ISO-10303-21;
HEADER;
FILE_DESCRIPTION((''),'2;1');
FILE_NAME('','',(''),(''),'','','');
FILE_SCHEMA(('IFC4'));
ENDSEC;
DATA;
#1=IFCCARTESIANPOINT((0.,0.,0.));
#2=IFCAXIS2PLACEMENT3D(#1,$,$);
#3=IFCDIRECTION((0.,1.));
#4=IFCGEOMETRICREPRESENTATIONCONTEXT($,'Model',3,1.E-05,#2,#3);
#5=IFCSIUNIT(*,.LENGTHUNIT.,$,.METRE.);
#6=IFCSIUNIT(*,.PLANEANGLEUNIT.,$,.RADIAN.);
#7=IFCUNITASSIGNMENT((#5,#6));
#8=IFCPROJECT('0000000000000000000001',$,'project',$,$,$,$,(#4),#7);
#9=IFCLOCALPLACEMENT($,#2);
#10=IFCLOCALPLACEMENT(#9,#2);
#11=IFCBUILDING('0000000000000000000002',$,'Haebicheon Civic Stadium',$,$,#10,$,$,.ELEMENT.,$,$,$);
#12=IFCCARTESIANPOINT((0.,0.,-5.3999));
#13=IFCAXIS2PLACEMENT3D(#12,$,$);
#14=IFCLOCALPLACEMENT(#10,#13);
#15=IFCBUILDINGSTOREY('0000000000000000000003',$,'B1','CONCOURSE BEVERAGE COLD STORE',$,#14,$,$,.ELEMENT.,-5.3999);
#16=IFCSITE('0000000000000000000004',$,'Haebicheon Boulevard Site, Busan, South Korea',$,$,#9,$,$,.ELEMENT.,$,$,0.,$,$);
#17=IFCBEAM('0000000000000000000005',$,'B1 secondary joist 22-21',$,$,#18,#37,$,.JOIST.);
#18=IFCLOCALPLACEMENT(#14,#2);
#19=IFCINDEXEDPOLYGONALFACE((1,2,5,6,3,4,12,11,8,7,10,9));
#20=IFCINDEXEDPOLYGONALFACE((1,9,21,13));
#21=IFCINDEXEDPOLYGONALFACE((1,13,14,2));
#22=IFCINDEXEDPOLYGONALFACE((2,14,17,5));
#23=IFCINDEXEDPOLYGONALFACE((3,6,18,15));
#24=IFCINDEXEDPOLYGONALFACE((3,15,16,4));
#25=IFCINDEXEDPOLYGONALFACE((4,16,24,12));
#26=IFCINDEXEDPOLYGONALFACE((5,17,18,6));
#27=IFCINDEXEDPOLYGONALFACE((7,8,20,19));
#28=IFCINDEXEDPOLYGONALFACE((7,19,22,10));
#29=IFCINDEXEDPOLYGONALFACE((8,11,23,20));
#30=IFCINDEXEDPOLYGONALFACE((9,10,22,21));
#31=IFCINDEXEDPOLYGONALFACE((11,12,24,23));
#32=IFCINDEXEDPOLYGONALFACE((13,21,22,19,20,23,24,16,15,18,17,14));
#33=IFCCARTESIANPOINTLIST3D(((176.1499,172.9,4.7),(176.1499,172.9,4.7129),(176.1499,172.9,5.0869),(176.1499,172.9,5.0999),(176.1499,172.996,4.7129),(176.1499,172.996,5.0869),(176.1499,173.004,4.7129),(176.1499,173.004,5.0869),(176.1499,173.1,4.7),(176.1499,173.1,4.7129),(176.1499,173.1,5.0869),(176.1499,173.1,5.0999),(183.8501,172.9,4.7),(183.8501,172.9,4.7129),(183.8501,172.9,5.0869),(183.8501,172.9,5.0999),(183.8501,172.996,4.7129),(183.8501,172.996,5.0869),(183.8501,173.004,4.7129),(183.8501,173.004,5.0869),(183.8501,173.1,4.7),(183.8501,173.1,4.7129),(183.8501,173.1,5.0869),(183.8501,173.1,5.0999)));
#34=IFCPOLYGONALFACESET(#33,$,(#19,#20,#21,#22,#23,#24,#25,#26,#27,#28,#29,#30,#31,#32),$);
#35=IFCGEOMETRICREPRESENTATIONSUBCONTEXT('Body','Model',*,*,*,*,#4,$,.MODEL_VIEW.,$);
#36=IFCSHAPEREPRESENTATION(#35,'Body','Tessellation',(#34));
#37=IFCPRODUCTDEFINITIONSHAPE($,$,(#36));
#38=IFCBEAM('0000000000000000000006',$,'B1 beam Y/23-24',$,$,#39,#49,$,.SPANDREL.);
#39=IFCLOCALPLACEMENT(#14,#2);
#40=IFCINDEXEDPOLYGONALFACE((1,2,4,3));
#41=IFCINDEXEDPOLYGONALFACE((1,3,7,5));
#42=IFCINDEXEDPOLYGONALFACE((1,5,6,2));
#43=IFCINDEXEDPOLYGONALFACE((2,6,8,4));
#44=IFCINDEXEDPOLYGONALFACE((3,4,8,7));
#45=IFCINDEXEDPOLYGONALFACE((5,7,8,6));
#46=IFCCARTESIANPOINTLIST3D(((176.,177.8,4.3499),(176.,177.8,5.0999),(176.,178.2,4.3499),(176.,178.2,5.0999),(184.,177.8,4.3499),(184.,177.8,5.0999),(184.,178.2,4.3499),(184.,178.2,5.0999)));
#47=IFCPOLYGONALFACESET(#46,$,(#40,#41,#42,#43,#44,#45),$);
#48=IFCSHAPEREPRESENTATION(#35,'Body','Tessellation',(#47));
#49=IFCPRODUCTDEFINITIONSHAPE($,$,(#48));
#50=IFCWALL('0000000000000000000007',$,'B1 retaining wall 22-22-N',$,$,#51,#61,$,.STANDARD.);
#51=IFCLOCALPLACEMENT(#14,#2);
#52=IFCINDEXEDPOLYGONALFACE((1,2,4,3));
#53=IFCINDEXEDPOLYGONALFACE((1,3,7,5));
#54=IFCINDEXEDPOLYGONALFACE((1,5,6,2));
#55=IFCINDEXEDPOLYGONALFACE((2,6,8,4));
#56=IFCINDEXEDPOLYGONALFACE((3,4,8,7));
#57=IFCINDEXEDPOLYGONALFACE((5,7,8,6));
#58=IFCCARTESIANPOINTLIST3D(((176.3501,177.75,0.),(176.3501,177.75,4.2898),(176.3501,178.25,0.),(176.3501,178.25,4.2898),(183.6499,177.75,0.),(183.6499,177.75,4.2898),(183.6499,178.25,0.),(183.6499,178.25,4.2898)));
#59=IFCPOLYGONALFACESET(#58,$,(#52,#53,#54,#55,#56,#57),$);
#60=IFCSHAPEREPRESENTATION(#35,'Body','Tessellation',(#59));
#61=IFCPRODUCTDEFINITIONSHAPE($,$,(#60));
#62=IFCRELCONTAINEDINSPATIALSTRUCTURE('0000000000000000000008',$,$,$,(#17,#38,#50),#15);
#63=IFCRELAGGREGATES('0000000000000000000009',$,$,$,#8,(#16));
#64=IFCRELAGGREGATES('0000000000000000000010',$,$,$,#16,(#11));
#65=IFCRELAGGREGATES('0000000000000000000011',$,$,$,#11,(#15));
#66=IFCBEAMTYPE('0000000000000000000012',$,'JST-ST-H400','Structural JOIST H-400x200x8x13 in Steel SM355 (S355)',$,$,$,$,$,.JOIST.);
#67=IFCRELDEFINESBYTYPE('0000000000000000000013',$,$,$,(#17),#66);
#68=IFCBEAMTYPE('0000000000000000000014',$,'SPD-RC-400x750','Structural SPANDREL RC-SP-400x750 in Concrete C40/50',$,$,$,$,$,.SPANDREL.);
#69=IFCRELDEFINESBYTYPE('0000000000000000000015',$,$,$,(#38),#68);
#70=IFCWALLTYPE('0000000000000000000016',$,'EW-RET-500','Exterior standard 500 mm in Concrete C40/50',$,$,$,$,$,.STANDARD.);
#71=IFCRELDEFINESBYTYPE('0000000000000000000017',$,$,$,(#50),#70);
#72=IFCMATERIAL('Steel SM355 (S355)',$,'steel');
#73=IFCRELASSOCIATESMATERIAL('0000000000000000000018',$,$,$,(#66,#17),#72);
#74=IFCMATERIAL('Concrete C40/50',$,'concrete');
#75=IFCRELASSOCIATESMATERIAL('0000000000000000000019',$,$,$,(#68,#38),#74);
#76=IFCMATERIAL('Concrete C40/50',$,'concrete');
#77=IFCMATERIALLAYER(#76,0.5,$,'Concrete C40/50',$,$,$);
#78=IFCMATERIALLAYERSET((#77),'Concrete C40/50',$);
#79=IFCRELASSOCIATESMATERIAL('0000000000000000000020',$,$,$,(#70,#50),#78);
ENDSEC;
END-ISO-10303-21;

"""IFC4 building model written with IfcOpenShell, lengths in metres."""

from ifc_helpers import new_model, si_unit, direction, frame, frame_2d, origin, origin_2d, place, context, subcontext, project, spatial, rectangle, i_section, extrude, material, layer, layer_set, material_profile, profile_set, type_object, element, save


model = new_model("IFC4")

# Units and contexts
model_context = context("Model", 3, precision=1e-05, world=origin(), true_north=direction((0.0, 1.0)))
body_context = subcontext(model_context, "Body", "Model", "MODEL_VIEW")
ifc_project = project(units=[si_unit("LENGTHUNIT", "METRE"), si_unit("PLANEANGLEUNIT", "RADIAN")], contexts=[model_context])

# Site, building, storey
site_placement = place(None, origin())
site = spatial("IfcSite", under=ifc_project, at=site_placement, Name="Haebicheon Boulevard Site, Busan, South Korea", CompositionType="ELEMENT", RefElevation=0.0)
building_placement = place(site_placement, origin())
building = spatial("IfcBuilding", under=site, at=building_placement, Name="Haebicheon Civic Stadium", CompositionType="ELEMENT")
storey_placement = place(building_placement, frame((0.0, 0.0, -5.3999)))
storey = spatial("IfcBuildingStorey", under=building, at=storey_placement, Name="B1", Description="CONCOURSE BEVERAGE COLD STORE", CompositionType="ELEMENT", Elevation=-5.3999)

# Beams
ifc_material_1 = material(Name="Steel SM355 (S355)", Category="steel")
ifc_material_profile_1 = material_profile(ifc_material_1, i_section(OverallWidth=0.2, OverallDepth=0.3999, WebThickness=0.0081, FlangeThickness=0.0129, at=origin_2d()), Name="H-400x200x8x13")
ifc_profile_set_1 = profile_set([ifc_material_profile_1], Name="Steel SM355 (S355)")
beam_type_1 = type_object("IfcBeamType", Name="JST-ST-H400", Description="Structural JOIST H-400x200x8x13 in Steel SM355 (S355)", PredefinedType="JOIST", material=ifc_profile_set_1)
beam_1_placement = place(storey_placement, frame((176.1499, 173.0, 4.8999), z_axis=(1.0, 0.0, 0.0), x_axis=(0.0, 1.0, 0.0)))
element("IfcBeam", 1, at=beam_1_placement, inside=storey, type_object=beam_type_1, material=ifc_profile_set_1, Name="B1 secondary joist 22-21", PredefinedType="JOIST", context=body_context, shape_type="SweptSolid", body=[
    extrude(i_section(OverallWidth=0.2, OverallDepth=0.3999, WebThickness=0.0081, FlangeThickness=0.0129, at=origin_2d()), origin(), (0.0, 0.0, 1.0), 7.7002),
])
ifc_material_2 = material(Name="Concrete C40/50", Category="concrete")
ifc_material_profile_2 = material_profile(ifc_material_2, rectangle(XDim=0.3999, YDim=0.75, at=origin_2d()), Name="RC-SP-400x750")
ifc_profile_set_2 = profile_set([ifc_material_profile_2], Name="Concrete C40/50")
beam_type_2 = type_object("IfcBeamType", Name="SPD-RC-400x750", Description="Structural SPANDREL RC-SP-400x750 in Concrete C40/50", PredefinedType="SPANDREL", material=ifc_profile_set_2)
beam_2_placement = place(storey_placement, frame((176.0, 178.0, 4.7249), z_axis=(1.0, 0.0, 0.0), x_axis=(0.0, 1.0, 0.0)))
element("IfcBeam", 2, at=beam_2_placement, inside=storey, type_object=beam_type_2, material=ifc_profile_set_2, Name="B1 beam Y/23-24", PredefinedType="SPANDREL", context=body_context, shape_type="SweptSolid", body=[
    extrude(rectangle(XDim=0.3999, YDim=0.75, at=origin_2d()), origin(), (0.0, 0.0, 1.0), 8.0),
])

# Wall
ifc_material_3 = material(Name="Concrete C40/50", Category="concrete")
ifc_layer_1 = layer(ifc_material_3, 0.5, Name="Concrete C40/50")
ifc_layer_set_1 = layer_set([ifc_layer_1], Name="Concrete C40/50")
wall_type = type_object("IfcWallType", Name="EW-RET-500", Description="Exterior standard 500 mm in Concrete C40/50", PredefinedType="STANDARD", material=ifc_layer_set_1)
wall_placement = place(storey_placement, frame((176.3501, 178.0, 0.0), z_axis=(0.0, 0.0, 1.0), x_axis=(1.0, 0.0, 0.0)))
element("IfcWall", 3, at=wall_placement, inside=storey, type_object=wall_type, material=ifc_layer_set_1, Name="B1 retaining wall 22-22-N", PredefinedType="STANDARD", context=body_context, shape_type="SweptSolid", body=[
    extrude(rectangle(XDim=7.2998, YDim=0.5, at=frame_2d((3.6499, 0.0))), origin(), (0.0, 0.0, 1.0), 4.2898),
])

save(model, "model.ifc")
